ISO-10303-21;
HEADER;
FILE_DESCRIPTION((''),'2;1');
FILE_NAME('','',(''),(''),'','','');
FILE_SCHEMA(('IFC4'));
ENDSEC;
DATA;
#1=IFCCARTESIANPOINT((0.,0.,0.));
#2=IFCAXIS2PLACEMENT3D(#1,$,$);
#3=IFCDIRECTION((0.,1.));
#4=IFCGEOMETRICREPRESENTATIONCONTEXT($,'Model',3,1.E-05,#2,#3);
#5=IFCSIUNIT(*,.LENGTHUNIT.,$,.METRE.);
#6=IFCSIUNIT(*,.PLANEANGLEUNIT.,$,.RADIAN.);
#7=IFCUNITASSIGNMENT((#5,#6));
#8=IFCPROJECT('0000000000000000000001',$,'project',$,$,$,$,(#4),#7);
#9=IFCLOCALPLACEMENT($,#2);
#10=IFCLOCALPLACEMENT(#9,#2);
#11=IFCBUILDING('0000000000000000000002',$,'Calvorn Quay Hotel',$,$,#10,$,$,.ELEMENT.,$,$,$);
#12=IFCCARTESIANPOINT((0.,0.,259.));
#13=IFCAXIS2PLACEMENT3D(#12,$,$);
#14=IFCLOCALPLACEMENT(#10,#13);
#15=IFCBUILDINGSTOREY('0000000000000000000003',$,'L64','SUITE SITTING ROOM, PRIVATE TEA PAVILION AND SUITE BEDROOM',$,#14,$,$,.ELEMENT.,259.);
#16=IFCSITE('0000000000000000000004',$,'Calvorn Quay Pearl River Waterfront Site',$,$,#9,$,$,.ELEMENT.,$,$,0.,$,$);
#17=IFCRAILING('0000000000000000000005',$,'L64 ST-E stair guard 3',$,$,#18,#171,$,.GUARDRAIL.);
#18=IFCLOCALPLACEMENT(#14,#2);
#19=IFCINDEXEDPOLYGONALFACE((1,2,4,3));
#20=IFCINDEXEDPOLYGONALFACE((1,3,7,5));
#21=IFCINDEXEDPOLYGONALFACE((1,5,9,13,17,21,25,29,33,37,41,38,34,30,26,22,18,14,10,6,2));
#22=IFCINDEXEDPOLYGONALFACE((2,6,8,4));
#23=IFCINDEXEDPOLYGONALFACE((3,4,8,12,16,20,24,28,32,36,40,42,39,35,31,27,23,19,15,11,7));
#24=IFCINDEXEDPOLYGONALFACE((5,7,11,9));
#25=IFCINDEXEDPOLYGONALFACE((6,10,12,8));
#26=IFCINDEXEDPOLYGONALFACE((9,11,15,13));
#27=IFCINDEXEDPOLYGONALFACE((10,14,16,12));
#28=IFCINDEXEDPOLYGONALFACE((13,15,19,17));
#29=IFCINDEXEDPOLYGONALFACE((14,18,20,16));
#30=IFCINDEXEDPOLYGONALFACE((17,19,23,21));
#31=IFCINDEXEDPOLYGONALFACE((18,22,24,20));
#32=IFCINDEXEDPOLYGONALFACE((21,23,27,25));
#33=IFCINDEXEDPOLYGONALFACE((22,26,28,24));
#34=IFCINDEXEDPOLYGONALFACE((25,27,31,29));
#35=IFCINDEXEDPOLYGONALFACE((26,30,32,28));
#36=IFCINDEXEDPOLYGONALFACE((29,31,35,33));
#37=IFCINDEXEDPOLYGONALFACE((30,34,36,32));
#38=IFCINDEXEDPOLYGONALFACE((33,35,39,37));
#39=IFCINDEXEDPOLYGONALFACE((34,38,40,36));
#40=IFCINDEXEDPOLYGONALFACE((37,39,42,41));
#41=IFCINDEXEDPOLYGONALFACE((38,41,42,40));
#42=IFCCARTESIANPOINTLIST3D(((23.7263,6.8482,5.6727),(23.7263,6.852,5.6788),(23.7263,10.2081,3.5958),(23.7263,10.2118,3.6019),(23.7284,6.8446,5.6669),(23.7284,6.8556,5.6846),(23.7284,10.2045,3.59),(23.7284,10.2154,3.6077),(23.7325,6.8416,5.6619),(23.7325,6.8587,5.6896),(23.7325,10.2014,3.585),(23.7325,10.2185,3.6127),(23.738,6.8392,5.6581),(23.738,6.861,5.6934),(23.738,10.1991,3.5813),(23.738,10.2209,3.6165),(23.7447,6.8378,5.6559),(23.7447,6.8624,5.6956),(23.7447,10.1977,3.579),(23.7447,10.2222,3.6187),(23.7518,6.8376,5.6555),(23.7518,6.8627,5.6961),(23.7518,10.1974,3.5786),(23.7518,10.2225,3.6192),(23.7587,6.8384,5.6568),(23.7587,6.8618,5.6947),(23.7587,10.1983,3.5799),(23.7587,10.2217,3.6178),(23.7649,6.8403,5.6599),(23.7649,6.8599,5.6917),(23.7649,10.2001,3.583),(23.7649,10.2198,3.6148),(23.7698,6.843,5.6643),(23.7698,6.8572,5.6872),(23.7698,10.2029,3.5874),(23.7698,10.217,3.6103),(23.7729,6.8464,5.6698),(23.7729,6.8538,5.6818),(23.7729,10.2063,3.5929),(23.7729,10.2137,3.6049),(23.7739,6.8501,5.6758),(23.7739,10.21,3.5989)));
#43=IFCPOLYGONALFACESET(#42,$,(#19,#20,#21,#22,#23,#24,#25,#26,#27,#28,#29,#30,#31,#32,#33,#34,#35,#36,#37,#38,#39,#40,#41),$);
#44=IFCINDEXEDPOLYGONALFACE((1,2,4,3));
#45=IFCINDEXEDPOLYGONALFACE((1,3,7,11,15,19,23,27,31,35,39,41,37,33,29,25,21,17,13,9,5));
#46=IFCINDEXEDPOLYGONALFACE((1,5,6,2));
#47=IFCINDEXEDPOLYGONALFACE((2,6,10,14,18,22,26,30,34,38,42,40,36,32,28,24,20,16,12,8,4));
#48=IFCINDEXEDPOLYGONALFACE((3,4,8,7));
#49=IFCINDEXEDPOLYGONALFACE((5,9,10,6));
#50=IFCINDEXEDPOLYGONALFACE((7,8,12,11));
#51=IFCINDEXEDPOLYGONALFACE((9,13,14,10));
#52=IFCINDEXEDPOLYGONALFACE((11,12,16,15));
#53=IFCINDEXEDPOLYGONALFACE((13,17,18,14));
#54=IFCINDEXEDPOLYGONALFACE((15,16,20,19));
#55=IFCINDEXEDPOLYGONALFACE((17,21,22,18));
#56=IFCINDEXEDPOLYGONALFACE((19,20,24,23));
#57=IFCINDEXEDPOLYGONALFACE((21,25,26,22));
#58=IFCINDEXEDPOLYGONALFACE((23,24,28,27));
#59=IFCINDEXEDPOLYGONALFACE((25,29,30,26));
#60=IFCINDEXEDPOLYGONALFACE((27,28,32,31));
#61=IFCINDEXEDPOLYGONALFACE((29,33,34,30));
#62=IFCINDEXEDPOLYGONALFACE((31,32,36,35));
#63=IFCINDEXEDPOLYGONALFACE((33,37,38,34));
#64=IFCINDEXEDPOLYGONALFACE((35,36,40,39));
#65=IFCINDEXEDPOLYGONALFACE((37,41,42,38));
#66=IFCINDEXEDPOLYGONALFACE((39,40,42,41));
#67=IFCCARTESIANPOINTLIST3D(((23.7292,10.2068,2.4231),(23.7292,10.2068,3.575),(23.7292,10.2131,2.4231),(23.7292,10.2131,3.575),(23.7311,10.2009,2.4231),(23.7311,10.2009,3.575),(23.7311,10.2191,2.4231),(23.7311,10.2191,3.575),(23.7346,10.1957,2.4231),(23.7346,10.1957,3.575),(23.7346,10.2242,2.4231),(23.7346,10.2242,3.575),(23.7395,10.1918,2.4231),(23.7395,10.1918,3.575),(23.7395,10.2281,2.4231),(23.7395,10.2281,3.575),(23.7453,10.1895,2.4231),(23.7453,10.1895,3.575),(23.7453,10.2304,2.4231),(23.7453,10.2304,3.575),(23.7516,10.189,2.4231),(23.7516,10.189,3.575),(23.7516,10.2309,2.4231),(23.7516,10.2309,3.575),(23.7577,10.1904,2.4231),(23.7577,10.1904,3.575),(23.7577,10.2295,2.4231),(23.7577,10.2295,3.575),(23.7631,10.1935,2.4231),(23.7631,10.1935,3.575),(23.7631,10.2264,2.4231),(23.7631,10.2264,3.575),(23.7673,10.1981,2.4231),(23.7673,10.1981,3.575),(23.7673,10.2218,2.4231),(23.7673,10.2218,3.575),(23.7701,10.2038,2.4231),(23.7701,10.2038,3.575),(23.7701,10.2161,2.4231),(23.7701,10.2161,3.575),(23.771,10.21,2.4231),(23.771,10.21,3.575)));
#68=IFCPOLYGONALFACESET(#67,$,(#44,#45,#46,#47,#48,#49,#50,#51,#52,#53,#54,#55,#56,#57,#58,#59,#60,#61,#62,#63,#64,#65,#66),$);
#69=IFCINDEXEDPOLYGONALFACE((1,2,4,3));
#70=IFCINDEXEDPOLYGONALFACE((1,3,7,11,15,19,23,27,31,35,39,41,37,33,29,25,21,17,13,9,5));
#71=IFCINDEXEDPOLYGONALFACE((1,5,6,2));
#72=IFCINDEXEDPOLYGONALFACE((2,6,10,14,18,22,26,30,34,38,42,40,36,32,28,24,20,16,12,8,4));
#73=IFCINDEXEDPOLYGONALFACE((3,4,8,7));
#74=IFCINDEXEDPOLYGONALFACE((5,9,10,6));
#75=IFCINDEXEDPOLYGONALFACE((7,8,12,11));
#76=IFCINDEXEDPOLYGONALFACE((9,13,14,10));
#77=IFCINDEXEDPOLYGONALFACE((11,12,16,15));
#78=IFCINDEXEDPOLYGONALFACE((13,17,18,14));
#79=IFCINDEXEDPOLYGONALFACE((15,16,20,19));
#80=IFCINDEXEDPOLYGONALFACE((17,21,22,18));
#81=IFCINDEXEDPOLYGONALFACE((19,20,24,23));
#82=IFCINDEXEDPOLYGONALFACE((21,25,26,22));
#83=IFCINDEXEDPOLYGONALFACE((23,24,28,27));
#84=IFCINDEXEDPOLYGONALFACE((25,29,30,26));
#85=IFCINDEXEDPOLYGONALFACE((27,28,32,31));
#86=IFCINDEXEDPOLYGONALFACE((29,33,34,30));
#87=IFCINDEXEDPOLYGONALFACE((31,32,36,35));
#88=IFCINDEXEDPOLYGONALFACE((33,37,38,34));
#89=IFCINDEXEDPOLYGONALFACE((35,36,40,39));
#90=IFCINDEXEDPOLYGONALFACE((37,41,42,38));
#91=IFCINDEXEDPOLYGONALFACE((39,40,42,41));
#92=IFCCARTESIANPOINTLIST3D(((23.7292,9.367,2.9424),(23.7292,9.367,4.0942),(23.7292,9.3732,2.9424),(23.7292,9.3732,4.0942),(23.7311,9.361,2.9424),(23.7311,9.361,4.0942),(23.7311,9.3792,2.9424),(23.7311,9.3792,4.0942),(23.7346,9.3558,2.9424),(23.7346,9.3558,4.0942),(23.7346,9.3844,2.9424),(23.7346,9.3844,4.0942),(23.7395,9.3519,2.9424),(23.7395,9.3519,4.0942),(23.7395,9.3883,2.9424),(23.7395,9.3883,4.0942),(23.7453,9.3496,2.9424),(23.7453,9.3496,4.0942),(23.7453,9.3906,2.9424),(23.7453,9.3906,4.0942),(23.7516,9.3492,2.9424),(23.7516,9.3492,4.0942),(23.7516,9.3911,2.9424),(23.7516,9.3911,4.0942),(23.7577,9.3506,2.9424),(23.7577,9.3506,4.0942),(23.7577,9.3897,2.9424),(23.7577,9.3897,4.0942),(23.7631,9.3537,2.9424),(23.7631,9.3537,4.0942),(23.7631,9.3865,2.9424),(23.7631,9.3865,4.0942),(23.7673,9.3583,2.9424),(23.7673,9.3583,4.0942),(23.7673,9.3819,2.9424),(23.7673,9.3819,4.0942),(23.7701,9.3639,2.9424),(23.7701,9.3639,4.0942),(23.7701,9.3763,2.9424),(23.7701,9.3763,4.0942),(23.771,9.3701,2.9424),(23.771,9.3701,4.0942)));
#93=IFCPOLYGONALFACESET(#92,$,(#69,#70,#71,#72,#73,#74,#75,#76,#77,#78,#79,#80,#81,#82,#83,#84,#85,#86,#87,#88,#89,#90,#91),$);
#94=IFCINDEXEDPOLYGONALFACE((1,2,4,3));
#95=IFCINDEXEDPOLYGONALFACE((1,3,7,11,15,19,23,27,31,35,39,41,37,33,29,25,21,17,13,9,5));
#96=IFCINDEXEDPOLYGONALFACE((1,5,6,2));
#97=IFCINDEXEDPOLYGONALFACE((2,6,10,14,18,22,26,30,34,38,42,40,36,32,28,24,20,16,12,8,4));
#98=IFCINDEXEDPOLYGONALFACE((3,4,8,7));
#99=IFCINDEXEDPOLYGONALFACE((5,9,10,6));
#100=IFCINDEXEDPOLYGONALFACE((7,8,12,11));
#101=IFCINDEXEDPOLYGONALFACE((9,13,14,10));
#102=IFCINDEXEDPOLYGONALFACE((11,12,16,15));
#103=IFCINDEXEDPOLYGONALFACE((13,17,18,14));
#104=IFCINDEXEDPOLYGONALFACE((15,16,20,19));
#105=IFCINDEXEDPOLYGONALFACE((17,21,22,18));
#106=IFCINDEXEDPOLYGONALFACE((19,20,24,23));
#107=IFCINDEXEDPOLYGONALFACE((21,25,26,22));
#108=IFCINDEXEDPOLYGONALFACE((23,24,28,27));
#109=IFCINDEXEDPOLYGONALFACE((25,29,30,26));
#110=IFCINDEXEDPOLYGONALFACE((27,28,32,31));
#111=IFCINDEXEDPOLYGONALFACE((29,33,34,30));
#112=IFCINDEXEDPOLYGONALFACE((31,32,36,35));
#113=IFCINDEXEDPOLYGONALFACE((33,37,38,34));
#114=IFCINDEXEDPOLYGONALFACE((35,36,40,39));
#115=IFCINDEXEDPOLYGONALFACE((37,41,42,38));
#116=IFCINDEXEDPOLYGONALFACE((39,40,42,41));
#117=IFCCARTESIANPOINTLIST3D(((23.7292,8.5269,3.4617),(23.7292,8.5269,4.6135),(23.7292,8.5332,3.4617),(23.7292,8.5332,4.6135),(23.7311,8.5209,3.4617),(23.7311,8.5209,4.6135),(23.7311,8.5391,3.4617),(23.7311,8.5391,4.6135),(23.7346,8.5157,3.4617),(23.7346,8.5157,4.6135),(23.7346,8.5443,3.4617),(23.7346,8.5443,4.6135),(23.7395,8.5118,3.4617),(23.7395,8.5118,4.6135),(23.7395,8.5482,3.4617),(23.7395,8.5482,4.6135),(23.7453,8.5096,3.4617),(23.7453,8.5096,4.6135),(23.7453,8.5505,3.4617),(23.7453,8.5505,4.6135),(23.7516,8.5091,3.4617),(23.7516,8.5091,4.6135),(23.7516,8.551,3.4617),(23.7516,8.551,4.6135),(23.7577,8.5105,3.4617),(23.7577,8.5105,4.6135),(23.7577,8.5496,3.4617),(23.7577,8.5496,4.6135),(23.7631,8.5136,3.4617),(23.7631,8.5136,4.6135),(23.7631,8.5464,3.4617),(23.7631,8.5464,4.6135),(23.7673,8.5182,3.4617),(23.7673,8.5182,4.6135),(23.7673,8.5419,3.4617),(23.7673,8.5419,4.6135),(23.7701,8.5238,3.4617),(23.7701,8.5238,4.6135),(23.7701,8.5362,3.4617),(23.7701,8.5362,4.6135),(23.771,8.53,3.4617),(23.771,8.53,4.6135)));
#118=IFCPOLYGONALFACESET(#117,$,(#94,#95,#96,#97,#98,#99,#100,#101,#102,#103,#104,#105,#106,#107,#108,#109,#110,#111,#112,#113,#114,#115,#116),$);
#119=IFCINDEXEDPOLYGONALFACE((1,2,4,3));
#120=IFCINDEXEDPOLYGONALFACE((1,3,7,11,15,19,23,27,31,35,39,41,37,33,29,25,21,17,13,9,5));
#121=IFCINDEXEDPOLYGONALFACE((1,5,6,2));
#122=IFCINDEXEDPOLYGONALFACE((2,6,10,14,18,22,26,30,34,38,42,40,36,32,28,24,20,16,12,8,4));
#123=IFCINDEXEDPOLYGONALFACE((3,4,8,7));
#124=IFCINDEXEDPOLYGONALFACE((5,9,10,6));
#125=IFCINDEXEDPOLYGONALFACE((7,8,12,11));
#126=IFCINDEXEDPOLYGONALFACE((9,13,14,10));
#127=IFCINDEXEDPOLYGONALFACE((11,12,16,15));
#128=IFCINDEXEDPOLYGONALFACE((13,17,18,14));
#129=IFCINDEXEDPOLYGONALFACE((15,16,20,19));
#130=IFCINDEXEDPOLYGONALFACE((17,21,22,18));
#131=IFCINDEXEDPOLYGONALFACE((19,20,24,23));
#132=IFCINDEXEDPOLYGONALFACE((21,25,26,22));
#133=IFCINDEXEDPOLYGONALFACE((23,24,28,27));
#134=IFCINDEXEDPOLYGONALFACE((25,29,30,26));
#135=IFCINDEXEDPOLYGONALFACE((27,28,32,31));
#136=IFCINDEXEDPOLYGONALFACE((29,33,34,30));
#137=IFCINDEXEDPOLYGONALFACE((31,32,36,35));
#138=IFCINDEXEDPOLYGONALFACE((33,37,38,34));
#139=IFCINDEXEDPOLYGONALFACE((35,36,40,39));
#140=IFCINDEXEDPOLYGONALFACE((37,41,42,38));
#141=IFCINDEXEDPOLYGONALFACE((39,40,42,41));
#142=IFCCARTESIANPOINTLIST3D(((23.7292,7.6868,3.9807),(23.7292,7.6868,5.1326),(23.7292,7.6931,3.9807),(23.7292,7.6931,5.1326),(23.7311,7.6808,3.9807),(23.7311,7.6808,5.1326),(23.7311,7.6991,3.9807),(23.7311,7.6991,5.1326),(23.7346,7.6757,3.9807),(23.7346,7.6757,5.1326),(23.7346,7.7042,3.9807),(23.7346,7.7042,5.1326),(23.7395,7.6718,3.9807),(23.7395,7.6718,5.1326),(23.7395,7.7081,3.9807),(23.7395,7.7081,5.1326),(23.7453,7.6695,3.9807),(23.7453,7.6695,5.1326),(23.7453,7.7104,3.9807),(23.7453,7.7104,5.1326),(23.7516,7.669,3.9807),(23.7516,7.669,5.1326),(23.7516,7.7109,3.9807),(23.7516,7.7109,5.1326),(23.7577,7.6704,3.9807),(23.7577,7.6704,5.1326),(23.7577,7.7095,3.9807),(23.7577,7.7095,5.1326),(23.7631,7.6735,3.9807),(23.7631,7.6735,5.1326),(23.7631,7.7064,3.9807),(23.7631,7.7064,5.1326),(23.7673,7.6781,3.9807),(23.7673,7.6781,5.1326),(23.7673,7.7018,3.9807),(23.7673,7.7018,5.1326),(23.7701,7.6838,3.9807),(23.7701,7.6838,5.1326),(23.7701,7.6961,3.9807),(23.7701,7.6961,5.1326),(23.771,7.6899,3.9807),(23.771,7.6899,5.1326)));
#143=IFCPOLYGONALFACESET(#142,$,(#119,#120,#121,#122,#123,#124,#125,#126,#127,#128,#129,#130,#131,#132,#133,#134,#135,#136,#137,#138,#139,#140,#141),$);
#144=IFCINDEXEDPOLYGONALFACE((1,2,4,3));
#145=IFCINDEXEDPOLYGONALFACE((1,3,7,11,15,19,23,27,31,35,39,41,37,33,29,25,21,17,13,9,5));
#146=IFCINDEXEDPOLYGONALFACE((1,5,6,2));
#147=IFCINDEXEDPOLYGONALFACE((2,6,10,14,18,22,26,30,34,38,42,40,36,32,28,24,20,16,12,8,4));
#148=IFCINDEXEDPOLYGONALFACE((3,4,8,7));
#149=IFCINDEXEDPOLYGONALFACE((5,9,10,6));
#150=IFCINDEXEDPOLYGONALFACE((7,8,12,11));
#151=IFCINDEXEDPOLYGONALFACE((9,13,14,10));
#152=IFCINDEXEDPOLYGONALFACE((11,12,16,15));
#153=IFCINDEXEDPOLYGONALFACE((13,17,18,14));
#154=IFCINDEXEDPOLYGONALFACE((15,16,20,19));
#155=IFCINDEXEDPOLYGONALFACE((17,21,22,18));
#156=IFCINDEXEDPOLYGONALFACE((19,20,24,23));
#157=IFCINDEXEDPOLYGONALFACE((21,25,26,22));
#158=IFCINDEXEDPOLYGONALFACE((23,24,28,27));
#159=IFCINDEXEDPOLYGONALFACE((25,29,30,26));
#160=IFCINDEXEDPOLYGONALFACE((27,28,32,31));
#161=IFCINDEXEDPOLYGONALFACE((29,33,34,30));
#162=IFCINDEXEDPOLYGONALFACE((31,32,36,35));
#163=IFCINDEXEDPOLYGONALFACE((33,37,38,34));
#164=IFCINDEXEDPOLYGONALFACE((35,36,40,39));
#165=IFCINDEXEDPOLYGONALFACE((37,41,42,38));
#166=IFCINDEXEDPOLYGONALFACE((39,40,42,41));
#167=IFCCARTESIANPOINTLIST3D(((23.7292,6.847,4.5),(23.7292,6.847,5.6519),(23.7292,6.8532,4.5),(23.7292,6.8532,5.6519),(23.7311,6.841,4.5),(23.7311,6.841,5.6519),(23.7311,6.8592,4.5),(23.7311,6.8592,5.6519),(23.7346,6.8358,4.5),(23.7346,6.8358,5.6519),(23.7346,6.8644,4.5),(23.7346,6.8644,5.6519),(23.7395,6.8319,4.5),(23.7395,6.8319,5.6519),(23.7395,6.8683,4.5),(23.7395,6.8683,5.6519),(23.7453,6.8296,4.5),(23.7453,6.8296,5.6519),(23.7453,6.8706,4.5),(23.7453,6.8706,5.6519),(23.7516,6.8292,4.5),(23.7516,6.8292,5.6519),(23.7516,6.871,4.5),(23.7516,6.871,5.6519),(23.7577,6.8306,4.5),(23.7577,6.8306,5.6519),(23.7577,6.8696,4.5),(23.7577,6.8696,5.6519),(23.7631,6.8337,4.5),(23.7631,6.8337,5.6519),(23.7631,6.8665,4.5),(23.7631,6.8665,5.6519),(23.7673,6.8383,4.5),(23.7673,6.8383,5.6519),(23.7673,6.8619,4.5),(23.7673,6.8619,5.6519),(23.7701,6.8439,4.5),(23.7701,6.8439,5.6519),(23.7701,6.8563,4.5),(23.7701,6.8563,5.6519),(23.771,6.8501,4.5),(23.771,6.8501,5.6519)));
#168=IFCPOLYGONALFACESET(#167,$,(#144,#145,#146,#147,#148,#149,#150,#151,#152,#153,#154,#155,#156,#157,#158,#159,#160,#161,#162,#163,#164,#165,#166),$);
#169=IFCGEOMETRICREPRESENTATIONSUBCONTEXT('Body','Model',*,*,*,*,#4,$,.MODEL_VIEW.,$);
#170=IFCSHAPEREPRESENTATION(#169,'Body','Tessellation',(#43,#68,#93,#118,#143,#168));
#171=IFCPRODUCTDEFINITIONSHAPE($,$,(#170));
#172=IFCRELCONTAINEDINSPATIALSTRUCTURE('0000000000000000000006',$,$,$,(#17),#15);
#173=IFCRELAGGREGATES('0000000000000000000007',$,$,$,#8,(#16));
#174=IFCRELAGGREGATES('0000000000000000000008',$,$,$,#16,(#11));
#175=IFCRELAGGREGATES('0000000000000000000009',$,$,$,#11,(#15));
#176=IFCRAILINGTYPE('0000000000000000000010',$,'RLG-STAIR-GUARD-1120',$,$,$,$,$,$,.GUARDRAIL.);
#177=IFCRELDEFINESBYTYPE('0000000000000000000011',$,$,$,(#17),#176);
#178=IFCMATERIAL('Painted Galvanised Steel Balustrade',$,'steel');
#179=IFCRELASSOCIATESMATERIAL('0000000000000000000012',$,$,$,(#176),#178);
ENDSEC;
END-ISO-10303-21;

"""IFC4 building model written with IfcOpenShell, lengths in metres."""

from ifc_helpers import new_model, si_unit, direction, frame, origin, origin_2d, place, context, subcontext, project, spatial, circle, extrude, material, type_object, element, save


model = new_model("IFC4")

# Units and contexts
model_context = context("Model", 3, precision=1e-05, world=origin(), true_north=direction((0.0, 1.0)))
body_context = subcontext(model_context, "Body", "Model", "MODEL_VIEW")
ifc_project = project(units=[si_unit("LENGTHUNIT", "METRE"), si_unit("PLANEANGLEUNIT", "RADIAN")], contexts=[model_context])

# Site, building, storey
site_placement = place(None, origin())
site = spatial("IfcSite", under=ifc_project, at=site_placement, Name="Calvorn Quay Pearl River Waterfront Site", CompositionType="ELEMENT", RefElevation=0.0)
building_placement = place(site_placement, origin())
building = spatial("IfcBuilding", under=site, at=building_placement, Name="Calvorn Quay Hotel", CompositionType="ELEMENT")
storey_placement = place(building_placement, frame((0.0, 0.0, 259.0)))
storey = spatial("IfcBuildingStorey", under=building, at=storey_placement, Name="L64", Description="SUITE SITTING ROOM, PRIVATE TEA PAVILION AND SUITE BEDROOM", CompositionType="ELEMENT", Elevation=259.0)

# Railing
ifc_material_1 = material(Name="Painted Galvanised Steel Balustrade", Category="steel")
railing_type_1 = type_object("IfcRailingType", Name="RLG-STAIR-GUARD-1120", PredefinedType="GUARDRAIL", material=ifc_material_1)
railing_1_placement = place(storey_placement, frame((23.75, 10.21, 2.4231)))
element("IfcRailing", 1, at=railing_1_placement, inside=storey, type_object=railing_type_1, Name="L64 ST-E stair guard 3", PredefinedType="GUARDRAIL", context=body_context, shape_type="SweptSolid", body=[
    extrude(circle(Radius=0.0239, at=origin_2d()), frame((0.0, 0.0, 1.1758), z_axis=(0.0, -0.850606, 0.525803), x_axis=(1.0, 0.0, 0.0)), (0.0, 0.0, 1.0), 3.95),
    extrude(circle(Radius=0.021, at=origin_2d()), origin(), (0.0, 0.0, 1.0), 1.1519),
    extrude(circle(Radius=0.021, at=origin_2d()), frame((0.0, -0.8398, 0.5193)), (0.0, 0.0, 1.0), 1.1519),
    extrude(circle(Radius=0.021, at=origin_2d()), frame((0.0, -1.6799, 1.0386)), (0.0, 0.0, 1.0), 1.1519),
    extrude(circle(Radius=0.021, at=origin_2d()), frame((0.0, -2.52, 1.5576)), (0.0, 0.0, 1.0), 1.1519),
    extrude(circle(Radius=0.021, at=origin_2d()), frame((0.0, -3.3599, 2.0769)), (0.0, 0.0, 1.0), 1.1519),
])

save(model, "model.ifc")
